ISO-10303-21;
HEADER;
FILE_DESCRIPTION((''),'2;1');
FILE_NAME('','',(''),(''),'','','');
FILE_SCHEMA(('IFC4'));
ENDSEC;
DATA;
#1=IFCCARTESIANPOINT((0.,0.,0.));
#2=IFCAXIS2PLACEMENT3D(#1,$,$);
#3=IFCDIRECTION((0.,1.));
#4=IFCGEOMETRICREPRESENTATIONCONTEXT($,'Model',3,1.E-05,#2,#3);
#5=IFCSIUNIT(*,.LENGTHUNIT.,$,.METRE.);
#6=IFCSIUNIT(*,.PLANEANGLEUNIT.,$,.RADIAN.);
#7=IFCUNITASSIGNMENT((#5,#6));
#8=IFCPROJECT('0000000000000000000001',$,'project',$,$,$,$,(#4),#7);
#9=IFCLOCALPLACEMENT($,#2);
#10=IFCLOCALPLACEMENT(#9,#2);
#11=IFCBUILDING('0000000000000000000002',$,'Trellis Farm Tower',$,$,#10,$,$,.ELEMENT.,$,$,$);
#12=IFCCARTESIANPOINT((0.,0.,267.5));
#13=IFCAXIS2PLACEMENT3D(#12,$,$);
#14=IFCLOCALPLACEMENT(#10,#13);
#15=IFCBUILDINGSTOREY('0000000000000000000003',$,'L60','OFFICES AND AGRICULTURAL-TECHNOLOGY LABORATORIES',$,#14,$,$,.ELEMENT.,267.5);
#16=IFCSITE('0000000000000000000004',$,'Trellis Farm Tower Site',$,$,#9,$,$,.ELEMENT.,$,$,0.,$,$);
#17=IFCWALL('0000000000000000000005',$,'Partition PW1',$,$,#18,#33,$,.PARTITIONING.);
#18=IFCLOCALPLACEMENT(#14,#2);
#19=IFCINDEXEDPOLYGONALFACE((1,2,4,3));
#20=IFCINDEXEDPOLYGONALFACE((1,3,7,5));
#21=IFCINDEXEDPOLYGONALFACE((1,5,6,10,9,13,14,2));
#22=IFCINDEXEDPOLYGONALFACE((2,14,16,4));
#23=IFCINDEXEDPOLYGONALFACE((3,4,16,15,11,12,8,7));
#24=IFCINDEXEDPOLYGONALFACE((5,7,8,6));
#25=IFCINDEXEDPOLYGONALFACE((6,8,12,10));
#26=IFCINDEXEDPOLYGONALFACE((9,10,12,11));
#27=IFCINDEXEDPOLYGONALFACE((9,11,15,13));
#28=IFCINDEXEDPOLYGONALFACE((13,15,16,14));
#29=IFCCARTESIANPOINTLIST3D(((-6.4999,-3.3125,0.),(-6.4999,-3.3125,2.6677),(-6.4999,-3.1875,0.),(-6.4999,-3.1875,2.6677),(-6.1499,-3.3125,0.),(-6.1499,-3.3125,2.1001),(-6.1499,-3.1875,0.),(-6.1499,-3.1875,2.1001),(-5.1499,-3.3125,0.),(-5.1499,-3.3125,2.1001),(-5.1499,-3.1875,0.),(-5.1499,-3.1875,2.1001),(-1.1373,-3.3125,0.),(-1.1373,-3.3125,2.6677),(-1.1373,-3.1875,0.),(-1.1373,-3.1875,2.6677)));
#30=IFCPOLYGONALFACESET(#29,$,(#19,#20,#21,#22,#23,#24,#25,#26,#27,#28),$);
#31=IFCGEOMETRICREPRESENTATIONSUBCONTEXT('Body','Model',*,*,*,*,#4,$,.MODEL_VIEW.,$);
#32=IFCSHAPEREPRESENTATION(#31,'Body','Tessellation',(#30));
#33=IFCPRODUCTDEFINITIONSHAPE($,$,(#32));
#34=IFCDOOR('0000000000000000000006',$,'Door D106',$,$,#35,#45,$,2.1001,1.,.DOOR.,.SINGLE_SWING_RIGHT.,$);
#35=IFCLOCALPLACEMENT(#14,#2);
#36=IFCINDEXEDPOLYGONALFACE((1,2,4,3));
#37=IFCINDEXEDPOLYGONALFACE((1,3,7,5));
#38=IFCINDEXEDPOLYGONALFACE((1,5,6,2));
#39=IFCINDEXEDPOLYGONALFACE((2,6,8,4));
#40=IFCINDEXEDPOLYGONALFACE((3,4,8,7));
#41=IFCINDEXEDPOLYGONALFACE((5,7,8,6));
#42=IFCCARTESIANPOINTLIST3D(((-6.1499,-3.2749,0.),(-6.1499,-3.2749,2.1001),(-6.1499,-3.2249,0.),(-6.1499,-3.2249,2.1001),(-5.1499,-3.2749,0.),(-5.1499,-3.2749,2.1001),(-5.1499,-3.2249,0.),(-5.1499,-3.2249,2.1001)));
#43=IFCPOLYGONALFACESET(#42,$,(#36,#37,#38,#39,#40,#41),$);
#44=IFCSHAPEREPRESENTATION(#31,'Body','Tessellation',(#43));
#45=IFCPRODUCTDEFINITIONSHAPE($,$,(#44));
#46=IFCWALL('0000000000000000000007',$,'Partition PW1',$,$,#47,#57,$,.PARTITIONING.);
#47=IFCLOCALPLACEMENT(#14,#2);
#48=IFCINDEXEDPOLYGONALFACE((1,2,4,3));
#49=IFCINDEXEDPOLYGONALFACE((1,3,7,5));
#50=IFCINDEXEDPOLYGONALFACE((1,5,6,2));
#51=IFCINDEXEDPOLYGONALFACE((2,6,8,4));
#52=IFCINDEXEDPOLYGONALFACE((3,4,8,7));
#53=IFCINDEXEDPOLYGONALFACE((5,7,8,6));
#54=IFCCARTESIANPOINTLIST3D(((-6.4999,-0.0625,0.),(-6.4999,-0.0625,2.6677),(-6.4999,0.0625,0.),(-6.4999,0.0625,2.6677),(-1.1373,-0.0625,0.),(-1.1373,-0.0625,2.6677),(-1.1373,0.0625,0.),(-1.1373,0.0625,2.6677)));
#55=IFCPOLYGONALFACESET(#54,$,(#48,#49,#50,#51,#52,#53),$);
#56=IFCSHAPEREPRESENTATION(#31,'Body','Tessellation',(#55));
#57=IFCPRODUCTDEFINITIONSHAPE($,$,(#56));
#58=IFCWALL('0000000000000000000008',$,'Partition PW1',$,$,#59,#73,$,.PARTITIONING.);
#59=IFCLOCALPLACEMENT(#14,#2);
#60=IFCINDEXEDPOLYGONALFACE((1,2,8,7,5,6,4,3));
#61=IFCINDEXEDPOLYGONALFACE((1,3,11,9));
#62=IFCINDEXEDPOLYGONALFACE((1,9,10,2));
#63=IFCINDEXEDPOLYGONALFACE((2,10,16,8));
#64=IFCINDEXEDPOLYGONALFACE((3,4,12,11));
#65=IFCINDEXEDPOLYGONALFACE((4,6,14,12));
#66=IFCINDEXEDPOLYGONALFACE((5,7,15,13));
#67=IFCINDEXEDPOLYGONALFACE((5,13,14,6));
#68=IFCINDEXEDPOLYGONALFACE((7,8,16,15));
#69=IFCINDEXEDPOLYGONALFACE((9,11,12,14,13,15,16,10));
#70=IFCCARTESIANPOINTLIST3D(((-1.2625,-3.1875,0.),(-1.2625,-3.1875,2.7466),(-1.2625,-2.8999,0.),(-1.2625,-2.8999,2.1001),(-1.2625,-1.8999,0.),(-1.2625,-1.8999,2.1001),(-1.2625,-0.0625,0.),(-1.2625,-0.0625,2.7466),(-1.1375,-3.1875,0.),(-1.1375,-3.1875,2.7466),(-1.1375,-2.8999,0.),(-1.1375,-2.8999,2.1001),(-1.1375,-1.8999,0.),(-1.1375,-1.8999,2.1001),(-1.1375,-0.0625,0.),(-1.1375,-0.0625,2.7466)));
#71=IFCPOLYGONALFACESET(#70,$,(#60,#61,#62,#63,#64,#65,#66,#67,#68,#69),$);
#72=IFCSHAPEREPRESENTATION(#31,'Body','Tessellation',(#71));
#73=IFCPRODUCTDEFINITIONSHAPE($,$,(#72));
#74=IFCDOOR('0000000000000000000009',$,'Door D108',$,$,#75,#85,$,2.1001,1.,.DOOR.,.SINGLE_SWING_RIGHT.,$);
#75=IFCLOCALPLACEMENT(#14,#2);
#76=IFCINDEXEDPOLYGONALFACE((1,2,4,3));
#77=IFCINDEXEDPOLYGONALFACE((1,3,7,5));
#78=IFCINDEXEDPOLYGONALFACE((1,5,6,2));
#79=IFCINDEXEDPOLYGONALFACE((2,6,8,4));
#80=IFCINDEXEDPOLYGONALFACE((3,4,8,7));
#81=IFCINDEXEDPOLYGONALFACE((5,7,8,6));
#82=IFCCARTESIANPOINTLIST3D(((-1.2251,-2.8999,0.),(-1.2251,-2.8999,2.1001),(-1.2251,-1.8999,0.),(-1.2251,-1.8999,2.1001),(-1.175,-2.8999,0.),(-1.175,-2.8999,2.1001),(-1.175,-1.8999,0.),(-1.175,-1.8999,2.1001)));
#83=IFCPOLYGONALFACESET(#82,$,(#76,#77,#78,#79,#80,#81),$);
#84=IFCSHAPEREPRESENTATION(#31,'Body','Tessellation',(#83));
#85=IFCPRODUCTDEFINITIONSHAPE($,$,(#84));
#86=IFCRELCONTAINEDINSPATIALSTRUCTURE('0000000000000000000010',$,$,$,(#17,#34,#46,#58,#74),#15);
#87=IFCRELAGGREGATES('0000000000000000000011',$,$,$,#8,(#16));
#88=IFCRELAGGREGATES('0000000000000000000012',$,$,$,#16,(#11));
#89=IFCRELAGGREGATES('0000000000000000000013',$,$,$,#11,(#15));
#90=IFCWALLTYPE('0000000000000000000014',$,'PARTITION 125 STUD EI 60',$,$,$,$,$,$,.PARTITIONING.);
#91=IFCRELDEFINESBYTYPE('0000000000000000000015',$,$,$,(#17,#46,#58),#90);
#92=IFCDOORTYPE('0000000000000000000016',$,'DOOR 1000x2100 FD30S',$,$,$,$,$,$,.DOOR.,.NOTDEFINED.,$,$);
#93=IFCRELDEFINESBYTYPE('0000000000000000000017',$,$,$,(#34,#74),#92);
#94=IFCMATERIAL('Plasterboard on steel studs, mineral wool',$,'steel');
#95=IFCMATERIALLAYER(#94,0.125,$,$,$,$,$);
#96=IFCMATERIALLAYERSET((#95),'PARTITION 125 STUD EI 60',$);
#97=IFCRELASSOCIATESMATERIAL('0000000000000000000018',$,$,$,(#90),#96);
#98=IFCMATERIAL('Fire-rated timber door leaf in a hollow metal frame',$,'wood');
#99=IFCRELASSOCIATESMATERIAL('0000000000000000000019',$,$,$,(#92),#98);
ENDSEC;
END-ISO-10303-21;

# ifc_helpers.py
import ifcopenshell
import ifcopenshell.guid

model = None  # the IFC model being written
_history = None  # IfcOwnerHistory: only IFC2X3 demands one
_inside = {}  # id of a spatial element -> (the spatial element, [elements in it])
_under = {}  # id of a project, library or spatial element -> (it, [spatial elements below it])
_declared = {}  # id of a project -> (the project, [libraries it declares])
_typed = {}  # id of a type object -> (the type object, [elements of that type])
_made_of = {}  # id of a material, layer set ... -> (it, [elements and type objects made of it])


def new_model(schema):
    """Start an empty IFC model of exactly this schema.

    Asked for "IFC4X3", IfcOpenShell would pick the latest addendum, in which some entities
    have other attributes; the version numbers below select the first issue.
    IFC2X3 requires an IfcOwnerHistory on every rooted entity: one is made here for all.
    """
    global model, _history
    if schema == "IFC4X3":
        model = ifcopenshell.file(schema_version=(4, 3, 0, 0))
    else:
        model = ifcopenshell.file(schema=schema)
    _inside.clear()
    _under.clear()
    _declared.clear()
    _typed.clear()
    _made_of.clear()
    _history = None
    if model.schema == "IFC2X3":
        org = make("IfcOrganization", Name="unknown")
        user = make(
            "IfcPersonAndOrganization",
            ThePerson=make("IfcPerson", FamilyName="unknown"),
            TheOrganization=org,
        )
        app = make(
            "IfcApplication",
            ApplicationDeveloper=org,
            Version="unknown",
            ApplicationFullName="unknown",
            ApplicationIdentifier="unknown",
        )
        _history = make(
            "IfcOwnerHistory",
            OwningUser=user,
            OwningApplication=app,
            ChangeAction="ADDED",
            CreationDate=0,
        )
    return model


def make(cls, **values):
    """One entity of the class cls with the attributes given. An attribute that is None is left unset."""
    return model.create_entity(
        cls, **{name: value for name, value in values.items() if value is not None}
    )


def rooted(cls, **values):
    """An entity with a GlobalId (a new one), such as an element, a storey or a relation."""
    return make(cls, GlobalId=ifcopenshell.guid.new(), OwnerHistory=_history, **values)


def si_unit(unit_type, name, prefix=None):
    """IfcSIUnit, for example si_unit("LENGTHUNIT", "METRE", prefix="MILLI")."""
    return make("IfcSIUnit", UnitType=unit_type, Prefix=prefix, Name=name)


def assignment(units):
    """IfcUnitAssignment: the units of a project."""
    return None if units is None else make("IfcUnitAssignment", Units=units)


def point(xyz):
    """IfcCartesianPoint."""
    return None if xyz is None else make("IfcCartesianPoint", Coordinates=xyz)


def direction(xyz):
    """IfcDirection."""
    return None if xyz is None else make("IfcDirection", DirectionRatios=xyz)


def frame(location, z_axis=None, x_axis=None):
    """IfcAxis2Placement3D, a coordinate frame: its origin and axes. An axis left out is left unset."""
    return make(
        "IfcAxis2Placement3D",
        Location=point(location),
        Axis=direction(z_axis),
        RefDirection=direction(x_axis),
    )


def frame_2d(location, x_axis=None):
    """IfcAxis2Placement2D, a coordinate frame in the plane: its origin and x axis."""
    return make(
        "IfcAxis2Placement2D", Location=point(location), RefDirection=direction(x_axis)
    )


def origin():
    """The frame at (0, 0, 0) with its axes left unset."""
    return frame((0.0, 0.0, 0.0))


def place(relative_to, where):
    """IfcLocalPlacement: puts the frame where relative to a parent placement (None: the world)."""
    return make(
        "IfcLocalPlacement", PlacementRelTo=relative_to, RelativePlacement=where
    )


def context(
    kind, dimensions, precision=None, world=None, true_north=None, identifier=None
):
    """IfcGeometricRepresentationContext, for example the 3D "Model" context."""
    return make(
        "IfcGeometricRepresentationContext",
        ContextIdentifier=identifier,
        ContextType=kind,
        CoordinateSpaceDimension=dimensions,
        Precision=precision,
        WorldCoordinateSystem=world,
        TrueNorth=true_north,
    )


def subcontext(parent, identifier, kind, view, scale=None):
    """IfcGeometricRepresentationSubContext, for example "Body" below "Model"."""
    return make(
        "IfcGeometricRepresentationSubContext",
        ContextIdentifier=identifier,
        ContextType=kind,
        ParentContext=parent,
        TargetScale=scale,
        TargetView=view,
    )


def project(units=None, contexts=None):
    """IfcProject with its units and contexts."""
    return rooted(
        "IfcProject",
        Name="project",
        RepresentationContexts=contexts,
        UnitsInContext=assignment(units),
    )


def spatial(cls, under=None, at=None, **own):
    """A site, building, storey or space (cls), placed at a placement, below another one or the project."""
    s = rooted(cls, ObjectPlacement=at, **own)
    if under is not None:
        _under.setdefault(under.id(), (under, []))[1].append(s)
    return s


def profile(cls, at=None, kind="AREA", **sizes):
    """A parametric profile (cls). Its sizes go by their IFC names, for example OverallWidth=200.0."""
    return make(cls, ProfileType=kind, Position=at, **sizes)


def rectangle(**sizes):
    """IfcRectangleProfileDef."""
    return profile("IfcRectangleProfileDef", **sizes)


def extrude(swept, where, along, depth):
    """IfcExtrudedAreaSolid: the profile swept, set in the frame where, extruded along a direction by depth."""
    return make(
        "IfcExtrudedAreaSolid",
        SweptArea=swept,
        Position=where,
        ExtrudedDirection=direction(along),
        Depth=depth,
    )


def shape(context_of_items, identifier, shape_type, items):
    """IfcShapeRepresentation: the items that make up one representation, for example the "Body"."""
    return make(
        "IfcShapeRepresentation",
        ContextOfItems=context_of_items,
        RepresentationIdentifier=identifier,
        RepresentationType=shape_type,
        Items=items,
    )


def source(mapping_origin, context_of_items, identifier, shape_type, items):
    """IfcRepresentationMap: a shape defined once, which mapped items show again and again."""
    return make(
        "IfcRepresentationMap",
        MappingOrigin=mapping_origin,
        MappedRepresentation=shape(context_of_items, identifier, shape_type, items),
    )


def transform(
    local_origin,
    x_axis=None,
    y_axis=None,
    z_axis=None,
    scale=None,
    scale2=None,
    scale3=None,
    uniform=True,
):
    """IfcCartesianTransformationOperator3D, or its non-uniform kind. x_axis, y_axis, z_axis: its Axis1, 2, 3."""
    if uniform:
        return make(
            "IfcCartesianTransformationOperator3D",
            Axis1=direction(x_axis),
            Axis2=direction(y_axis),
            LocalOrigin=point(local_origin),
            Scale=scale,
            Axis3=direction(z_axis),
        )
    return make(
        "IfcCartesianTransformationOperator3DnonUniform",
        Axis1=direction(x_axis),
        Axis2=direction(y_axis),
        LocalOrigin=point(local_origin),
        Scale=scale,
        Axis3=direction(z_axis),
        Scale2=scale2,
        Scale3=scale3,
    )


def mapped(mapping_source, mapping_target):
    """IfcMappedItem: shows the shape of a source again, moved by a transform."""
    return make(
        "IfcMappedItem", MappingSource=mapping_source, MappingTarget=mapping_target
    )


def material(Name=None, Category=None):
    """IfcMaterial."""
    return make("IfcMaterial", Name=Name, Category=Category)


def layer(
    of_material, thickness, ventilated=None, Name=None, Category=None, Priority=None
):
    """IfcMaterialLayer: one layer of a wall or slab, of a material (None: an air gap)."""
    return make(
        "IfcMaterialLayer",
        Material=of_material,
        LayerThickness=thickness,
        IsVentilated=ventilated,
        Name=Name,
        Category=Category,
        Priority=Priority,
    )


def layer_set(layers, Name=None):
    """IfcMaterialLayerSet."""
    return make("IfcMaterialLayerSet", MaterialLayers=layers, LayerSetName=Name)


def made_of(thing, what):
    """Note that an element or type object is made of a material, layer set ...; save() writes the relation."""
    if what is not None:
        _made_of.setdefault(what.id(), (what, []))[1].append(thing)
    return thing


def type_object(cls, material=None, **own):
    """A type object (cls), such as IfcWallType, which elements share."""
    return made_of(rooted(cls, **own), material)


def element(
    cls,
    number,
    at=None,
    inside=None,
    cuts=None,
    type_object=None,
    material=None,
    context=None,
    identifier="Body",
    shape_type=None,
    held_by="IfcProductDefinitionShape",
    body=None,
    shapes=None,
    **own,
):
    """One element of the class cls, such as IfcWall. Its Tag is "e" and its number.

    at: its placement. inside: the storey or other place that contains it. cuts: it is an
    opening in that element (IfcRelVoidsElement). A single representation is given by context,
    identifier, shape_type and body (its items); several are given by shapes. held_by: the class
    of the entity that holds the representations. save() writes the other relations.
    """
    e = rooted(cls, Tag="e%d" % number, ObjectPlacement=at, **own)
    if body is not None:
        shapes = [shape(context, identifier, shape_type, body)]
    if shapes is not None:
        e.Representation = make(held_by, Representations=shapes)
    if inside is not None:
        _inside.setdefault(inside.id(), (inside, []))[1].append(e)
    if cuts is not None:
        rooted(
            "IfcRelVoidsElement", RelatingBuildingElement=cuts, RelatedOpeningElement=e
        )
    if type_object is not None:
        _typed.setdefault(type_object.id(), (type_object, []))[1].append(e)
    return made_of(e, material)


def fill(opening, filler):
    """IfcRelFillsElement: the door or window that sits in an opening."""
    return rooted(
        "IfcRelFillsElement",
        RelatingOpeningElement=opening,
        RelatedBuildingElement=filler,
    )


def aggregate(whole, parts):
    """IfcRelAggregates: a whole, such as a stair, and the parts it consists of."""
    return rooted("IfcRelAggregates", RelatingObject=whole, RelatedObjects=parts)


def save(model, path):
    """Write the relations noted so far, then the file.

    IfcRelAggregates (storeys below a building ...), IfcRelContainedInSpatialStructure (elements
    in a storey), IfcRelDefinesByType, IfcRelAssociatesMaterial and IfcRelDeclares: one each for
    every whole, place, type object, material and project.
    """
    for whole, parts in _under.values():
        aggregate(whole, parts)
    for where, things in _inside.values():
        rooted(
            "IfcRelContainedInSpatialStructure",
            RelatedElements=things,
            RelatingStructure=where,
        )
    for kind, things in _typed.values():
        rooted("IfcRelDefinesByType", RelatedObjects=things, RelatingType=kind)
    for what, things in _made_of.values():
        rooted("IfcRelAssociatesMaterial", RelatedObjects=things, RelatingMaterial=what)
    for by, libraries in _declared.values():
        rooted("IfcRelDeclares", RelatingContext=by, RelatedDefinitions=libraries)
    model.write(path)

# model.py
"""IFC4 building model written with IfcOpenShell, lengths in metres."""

from ifc_helpers import new_model, si_unit, direction, frame, frame_2d, origin, place, context, subcontext, project, spatial, rectangle, extrude, source, transform, mapped, material, layer, layer_set, type_object, element, fill, save


model = new_model("IFC4")

# Units and contexts
model_context = context("Model", 3, precision=1e-05, world=origin(), true_north=direction((0.0, 1.0)))
body_context = subcontext(model_context, "Body", "Model", "MODEL_VIEW")
ifc_project = project(units=[si_unit("LENGTHUNIT", "METRE"), si_unit("PLANEANGLEUNIT", "RADIAN")], contexts=[model_context])

# Site, building, storey
site_placement = place(None, origin())
site = spatial("IfcSite", under=ifc_project, at=site_placement, Name="Trellis Farm Tower Site", CompositionType="ELEMENT", RefElevation=0.0)
building_placement = place(site_placement, origin())
building = spatial("IfcBuilding", under=site, at=building_placement, Name="Trellis Farm Tower", CompositionType="ELEMENT")
storey_placement = place(building_placement, frame((0.0, 0.0, 267.5)))
storey = spatial("IfcBuildingStorey", under=building, at=storey_placement, Name="L60", Description="OFFICES AND AGRICULTURAL-TECHNOLOGY LABORATORIES", CompositionType="ELEMENT", Elevation=267.5)

# Wall, opening, door
ifc_material_1 = material(Name="Plasterboard on steel studs, mineral wool", Category="steel")
ifc_layer_1 = layer(ifc_material_1, 0.125)
ifc_layer_set_1 = layer_set([ifc_layer_1], Name="PARTITION 125 STUD EI 60")
wall_type_1 = type_object("IfcWallType", Name="PARTITION 125 STUD EI 60", PredefinedType="PARTITIONING", material=ifc_layer_set_1)
shared_shape_1 = source(origin(), body_context, "Body", "SweptSolid", [
    extrude(rectangle(XDim=5.3625, YDim=0.125, at=frame_2d((2.6812, 0.0))), origin(), (0.0, 0.0, 1.0), 2.6677),
])
wall_1_placement = place(storey_placement, frame((-1.1375, -3.25, 0.0), z_axis=(0.0, 0.0, 1.0), x_axis=(-1.0, 0.0, 0.0)))
wall_1 = element("IfcWall", 1, at=wall_1_placement, inside=storey, type_object=wall_type_1, Name="Partition PW1", PredefinedType="PARTITIONING", context=body_context, shape_type="MappedRepresentation", body=[
    mapped(shared_shape_1, transform((0.0, 0.0, 0.0))),
])
shared_shape_2 = source(origin(), body_context, "Body", "SweptSolid", [
    extrude(rectangle(XDim=1.0, YDim=2.1001, at=frame_2d((0.5, 1.05))), frame((0.0, 0.0725, 0.0), z_axis=(0.0, -1.0, 0.0), x_axis=(1.0, 0.0, 0.0)), (0.0, 0.0, 1.0), 0.145),
])
opening_1_placement = place(wall_1_placement, frame((4.0125, 0.0, 0.0)))
opening_1 = element("IfcOpeningElement", 2, at=opening_1_placement, cuts=wall_1, PredefinedType="OPENING", context=body_context, shape_type="MappedRepresentation", body=[
    mapped(shared_shape_2, transform((0.0, 0.0, 0.0))),
])
ifc_material_2 = material(Name="Fire-rated timber door leaf in a hollow metal frame", Category="wood")
door_type = type_object("IfcDoorType", Name="DOOR 1000x2100 FD30S", OperationType="NOTDEFINED", PredefinedType="DOOR", material=ifc_material_2)
shared_shape_3 = source(origin(), body_context, "Body", "SweptSolid", [
    extrude(rectangle(XDim=1.0, YDim=2.1001, at=frame_2d((0.5, 1.05))), frame((0.0, 0.0249, 0.0), z_axis=(0.0, -1.0, 0.0), x_axis=(1.0, 0.0, 0.0)), (0.0, 0.0, 1.0), 0.05),
])
door_1_placement = place(opening_1_placement, origin())
door_1 = element("IfcDoor", 3, at=door_1_placement, inside=storey, type_object=door_type, Name="Door D106", OperationType="SINGLE_SWING_RIGHT", OverallHeight=2.1001, OverallWidth=1.0, PredefinedType="DOOR", context=body_context, shape_type="MappedRepresentation", body=[
    mapped(shared_shape_3, transform((0.0, 0.0, 0.0))),
])
fill(opening_1, door_1)

# Wall
wall_2_placement = place(storey_placement, frame((-1.1375, 0.0, 0.0), z_axis=(0.0, 0.0, 1.0), x_axis=(-1.0, 0.0, 0.0)))
element("IfcWall", 4, at=wall_2_placement, inside=storey, type_object=wall_type_1, Name="Partition PW1", PredefinedType="PARTITIONING", context=body_context, shape_type="MappedRepresentation", body=[
    mapped(shared_shape_1, transform((0.0, 0.0, 0.0))),
])

# Wall, opening, door
shared_shape_4 = source(origin(), body_context, "Body", "SweptSolid", [
    extrude(rectangle(XDim=3.125, YDim=0.125, at=frame_2d((1.5625, 0.0))), origin(), (0.0, 0.0, 1.0), 2.7466),
])
wall_3_placement = place(storey_placement, frame((-1.2, -0.0625, 0.0), z_axis=(0.0, 0.0, 1.0), x_axis=(0.0, -1.0, 0.0)))
wall_3 = element("IfcWall", 5, at=wall_3_placement, inside=storey, type_object=wall_type_1, Name="Partition PW1", PredefinedType="PARTITIONING", context=body_context, shape_type="MappedRepresentation", body=[
    mapped(shared_shape_4, transform((0.0, 0.0, 0.0))),
])
opening_2_placement = place(wall_3_placement, frame((1.8374, 0.0, 0.0)))
opening_2 = element("IfcOpeningElement", 6, at=opening_2_placement, cuts=wall_3, PredefinedType="OPENING", context=body_context, shape_type="MappedRepresentation", body=[
    mapped(shared_shape_2, transform((0.0, 0.0, 0.0))),
])
door_2_placement = place(opening_2_placement, origin())
door_2 = element("IfcDoor", 7, at=door_2_placement, inside=storey, type_object=door_type, Name="Door D108", OperationType="SINGLE_SWING_RIGHT", OverallHeight=2.1001, OverallWidth=1.0, PredefinedType="DOOR", context=body_context, shape_type="MappedRepresentation", body=[
    mapped(shared_shape_3, transform((0.0, 0.0, 0.0))),
])
fill(opening_2, door_2)

save(model, "model.ifc")
